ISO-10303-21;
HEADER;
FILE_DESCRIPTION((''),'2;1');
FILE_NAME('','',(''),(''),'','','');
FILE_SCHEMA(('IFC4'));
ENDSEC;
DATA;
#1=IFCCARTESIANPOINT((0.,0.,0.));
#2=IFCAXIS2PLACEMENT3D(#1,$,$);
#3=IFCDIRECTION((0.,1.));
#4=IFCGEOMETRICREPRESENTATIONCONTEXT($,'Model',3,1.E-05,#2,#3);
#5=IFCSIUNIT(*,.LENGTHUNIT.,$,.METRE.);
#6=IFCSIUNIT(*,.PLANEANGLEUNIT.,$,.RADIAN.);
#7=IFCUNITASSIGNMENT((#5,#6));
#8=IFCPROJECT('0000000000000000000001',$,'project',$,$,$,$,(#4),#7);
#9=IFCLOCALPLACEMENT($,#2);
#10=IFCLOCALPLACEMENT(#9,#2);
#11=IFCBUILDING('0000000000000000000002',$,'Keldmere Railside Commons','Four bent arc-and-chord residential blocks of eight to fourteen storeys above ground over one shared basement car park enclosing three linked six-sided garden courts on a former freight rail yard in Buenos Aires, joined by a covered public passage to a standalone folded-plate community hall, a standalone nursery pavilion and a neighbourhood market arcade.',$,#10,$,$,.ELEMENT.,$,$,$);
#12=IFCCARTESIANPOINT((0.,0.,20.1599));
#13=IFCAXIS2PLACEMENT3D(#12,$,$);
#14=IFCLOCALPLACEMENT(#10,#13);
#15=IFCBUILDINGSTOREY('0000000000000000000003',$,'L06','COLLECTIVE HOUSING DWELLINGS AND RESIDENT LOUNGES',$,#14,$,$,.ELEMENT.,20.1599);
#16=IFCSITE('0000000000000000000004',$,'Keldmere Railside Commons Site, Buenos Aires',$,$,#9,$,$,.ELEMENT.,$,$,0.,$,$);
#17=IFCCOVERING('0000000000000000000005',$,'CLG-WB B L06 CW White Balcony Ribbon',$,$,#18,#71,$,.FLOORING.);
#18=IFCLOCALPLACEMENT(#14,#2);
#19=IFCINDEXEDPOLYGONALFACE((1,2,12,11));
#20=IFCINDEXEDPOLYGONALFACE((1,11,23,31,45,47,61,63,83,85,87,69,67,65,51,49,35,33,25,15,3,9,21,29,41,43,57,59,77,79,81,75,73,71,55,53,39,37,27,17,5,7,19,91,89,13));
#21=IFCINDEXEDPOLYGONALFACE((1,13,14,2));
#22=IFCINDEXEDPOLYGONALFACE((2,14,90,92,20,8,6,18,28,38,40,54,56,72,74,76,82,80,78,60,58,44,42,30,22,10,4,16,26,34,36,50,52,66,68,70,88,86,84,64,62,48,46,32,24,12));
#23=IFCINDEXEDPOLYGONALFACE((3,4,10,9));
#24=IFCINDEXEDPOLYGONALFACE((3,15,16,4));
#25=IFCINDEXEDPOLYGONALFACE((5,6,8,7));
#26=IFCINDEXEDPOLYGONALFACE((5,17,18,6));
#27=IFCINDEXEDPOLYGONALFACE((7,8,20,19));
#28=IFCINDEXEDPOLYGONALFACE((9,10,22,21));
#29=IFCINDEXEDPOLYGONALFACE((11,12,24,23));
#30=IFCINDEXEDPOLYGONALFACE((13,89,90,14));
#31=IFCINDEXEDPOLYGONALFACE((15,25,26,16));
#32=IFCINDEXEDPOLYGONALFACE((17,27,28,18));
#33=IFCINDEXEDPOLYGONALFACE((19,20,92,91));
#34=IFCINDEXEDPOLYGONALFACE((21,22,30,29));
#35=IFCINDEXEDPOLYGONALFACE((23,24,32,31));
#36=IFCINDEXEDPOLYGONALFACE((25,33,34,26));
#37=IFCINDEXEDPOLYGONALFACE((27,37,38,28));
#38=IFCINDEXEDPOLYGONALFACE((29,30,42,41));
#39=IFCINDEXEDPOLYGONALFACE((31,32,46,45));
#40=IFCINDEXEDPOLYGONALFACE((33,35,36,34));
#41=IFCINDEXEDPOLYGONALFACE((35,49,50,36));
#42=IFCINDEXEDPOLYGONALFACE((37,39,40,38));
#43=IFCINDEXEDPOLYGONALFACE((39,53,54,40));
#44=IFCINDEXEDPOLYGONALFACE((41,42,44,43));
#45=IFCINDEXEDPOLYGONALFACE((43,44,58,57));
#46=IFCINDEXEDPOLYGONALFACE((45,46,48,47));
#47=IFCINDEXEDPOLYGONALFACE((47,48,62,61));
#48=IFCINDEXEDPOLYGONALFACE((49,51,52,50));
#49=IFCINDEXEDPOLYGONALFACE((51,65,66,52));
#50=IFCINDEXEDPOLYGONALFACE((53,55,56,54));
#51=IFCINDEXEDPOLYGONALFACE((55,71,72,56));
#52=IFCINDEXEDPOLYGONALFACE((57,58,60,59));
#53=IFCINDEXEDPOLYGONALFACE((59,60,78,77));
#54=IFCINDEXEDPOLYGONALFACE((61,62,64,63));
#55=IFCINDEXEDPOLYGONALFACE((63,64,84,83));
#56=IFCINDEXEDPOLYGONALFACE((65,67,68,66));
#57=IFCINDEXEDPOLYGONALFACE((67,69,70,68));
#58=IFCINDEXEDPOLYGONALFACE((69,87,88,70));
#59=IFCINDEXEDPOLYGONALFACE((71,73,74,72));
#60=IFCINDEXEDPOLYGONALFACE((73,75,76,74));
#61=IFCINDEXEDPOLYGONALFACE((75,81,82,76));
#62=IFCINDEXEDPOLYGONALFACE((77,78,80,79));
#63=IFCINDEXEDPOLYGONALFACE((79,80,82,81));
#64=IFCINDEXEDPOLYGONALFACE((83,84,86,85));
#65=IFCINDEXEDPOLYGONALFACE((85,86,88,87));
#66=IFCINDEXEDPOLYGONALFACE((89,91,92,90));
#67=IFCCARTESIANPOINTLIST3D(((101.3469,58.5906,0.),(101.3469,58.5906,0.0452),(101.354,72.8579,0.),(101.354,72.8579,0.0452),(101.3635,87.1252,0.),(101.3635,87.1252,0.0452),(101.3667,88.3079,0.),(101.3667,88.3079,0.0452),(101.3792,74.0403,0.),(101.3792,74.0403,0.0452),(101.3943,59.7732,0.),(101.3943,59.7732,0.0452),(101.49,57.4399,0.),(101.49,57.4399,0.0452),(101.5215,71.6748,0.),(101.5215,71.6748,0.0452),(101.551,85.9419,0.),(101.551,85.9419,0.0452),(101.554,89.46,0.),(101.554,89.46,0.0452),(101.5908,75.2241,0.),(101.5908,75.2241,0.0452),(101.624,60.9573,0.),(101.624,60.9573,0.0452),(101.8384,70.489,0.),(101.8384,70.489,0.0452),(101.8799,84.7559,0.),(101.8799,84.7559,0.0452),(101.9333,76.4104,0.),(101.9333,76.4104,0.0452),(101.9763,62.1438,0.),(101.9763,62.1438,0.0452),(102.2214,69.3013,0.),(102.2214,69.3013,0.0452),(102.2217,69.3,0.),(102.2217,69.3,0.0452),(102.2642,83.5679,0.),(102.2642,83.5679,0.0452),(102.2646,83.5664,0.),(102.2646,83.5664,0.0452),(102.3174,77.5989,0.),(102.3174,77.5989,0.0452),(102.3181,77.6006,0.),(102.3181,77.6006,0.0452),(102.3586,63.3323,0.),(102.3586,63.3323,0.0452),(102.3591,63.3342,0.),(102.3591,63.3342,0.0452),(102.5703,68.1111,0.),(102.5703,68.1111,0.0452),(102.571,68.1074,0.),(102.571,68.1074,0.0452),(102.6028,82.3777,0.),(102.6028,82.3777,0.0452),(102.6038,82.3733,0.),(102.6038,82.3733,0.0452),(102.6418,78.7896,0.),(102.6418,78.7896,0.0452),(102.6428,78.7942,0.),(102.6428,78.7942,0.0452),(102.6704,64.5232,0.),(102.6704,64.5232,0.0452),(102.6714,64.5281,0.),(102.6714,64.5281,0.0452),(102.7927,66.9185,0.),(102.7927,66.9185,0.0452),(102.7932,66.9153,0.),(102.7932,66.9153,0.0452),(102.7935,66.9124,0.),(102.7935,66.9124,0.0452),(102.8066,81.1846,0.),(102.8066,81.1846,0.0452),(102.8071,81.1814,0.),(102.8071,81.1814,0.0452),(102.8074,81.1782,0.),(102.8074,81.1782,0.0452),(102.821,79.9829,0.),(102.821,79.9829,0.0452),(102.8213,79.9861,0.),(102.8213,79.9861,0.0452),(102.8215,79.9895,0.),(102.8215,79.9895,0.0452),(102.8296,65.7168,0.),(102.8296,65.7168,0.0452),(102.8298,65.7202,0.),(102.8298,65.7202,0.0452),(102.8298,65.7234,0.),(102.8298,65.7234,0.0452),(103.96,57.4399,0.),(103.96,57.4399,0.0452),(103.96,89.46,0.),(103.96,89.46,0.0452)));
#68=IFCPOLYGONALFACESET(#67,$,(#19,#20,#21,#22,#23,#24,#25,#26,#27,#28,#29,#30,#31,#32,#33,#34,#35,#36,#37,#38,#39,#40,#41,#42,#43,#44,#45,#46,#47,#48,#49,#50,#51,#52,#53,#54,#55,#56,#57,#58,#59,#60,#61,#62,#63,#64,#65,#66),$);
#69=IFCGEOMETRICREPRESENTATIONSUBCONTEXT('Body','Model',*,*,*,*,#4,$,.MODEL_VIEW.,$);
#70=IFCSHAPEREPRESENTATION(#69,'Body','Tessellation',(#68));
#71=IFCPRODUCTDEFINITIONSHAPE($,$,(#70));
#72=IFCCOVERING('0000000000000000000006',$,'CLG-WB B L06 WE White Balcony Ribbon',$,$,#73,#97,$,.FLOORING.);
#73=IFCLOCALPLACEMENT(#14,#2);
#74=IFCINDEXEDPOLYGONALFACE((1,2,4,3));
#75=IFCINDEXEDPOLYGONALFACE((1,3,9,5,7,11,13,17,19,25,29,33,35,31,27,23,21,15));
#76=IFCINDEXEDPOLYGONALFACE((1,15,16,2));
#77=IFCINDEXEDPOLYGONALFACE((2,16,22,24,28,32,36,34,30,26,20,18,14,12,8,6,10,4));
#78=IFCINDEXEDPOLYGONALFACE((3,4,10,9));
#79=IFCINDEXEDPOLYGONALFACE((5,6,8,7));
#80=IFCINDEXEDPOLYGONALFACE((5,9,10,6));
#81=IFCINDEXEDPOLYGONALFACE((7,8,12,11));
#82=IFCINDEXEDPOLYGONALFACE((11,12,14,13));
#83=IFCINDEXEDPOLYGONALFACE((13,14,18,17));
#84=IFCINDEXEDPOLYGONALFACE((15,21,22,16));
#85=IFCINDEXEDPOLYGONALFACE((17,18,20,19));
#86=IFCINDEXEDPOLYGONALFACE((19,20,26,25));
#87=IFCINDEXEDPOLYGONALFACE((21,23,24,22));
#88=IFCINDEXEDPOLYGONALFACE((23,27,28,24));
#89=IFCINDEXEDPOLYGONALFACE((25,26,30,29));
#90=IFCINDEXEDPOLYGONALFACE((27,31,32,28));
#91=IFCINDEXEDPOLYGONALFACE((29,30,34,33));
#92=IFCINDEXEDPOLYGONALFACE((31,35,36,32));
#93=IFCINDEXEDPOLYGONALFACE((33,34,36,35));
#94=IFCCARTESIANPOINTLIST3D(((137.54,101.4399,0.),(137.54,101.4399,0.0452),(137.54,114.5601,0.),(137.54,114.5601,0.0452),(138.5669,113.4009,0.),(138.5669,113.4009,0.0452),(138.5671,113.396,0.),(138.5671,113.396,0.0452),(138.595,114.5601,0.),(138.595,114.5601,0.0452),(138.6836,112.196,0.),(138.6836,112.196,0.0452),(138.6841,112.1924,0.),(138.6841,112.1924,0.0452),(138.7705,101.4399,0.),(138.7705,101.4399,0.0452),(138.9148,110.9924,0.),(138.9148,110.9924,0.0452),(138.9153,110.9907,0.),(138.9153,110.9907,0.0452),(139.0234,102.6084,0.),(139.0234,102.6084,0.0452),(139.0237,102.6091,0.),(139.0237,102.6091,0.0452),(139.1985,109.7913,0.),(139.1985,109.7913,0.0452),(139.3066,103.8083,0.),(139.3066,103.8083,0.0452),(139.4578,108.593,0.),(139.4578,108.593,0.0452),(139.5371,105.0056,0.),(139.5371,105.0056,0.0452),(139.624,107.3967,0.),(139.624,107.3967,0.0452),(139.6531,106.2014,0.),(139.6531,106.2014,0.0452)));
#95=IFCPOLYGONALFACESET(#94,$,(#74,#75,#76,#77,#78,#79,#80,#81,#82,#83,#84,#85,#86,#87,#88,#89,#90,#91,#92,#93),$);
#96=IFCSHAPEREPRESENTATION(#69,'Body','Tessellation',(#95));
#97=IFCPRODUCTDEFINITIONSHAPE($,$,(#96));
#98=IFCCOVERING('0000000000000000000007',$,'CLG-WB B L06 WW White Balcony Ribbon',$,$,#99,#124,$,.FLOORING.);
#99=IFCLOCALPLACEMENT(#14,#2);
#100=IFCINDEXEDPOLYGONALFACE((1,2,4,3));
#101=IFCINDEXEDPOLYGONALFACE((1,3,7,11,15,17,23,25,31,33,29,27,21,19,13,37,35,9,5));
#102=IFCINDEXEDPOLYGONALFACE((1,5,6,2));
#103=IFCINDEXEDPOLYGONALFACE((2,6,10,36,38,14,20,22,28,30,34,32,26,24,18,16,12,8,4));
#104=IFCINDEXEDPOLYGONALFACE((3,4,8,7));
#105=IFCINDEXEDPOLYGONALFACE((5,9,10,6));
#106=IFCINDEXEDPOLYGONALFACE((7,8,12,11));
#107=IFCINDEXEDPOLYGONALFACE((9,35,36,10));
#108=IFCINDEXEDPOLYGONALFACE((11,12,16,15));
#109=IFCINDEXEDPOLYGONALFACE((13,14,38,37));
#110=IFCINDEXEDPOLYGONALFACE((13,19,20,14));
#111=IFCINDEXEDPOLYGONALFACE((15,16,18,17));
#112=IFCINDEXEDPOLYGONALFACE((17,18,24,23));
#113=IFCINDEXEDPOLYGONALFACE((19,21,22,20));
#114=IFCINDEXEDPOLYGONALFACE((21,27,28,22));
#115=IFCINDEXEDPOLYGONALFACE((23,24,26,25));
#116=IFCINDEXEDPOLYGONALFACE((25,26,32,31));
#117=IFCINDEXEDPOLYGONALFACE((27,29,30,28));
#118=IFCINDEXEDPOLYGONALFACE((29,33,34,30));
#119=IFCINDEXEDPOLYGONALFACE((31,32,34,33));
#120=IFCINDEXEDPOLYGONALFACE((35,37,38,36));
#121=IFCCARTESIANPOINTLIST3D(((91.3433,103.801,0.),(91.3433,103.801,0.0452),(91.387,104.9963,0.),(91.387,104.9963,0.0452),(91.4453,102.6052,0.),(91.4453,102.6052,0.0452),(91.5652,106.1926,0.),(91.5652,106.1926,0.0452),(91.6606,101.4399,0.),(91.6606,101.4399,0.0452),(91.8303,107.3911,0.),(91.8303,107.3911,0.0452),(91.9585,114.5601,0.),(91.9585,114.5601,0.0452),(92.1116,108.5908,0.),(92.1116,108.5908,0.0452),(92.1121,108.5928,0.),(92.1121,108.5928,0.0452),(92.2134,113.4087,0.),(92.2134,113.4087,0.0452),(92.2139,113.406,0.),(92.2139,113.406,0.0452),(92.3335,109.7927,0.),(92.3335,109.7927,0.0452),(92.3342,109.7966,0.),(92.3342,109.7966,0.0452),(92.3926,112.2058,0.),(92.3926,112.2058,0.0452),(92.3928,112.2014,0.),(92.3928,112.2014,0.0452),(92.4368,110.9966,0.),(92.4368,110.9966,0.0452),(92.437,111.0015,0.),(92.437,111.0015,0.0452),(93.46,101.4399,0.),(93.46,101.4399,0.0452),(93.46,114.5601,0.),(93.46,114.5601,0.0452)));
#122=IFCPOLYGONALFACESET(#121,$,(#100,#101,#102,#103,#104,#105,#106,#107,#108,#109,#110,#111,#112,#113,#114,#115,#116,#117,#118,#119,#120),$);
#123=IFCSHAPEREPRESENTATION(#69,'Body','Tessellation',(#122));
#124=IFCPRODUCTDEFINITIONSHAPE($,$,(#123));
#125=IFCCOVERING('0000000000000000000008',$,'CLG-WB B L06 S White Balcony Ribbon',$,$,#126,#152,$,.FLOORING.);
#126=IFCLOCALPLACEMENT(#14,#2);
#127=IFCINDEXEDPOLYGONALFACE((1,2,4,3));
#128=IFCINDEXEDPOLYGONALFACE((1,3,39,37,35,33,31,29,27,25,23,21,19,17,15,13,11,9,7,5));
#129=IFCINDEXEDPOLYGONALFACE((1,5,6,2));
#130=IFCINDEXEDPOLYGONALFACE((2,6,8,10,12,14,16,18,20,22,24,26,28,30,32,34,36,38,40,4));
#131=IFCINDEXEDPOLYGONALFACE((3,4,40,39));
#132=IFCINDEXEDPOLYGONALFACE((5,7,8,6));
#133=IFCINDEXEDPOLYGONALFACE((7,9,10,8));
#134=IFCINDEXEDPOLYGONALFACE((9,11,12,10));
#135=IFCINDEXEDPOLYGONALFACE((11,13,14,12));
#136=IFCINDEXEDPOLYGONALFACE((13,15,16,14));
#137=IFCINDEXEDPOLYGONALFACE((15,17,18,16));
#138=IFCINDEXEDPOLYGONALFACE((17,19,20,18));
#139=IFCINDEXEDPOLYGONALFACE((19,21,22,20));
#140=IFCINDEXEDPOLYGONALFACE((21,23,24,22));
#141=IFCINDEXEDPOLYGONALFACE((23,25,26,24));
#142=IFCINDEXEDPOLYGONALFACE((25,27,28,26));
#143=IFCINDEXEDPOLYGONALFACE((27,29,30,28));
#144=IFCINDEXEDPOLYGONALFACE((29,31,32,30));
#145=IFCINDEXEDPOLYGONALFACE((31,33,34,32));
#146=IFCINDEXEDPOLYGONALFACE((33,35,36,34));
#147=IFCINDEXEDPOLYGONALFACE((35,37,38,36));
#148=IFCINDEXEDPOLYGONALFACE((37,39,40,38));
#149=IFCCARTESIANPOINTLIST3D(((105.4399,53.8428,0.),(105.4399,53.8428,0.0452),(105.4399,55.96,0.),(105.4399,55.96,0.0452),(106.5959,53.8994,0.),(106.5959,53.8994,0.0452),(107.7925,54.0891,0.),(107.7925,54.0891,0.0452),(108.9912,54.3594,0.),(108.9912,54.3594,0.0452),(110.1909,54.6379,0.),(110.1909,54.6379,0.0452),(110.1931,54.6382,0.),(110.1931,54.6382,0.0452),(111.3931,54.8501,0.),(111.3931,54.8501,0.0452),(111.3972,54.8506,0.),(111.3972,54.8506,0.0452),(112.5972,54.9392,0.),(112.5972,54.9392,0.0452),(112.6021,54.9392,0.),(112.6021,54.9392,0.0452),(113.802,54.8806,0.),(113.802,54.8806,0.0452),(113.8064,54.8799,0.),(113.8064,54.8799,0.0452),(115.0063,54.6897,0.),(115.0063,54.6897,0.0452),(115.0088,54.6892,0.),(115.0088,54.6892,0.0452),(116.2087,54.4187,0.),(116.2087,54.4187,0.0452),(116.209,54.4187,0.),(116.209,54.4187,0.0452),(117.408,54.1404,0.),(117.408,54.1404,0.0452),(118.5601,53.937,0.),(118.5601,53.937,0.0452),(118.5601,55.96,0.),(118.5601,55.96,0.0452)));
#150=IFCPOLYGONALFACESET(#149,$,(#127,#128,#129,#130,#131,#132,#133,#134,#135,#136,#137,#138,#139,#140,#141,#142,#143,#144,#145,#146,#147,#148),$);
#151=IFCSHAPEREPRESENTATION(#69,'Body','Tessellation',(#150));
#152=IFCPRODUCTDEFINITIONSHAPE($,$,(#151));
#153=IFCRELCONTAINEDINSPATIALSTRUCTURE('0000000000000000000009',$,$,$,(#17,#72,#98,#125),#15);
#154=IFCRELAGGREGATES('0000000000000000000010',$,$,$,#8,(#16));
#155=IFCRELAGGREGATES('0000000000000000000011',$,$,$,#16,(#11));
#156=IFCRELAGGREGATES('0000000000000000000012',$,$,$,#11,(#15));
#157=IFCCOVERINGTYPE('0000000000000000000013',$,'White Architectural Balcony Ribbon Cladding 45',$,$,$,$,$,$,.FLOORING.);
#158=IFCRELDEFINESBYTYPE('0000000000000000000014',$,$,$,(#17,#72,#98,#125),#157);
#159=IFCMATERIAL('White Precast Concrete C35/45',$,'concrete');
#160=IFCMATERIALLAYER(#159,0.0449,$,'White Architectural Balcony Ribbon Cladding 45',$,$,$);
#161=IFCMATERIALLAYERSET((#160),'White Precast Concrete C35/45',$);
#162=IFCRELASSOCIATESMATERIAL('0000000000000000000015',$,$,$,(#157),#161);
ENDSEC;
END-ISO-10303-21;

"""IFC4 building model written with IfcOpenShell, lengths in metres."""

from ifc_helpers import new_model, si_unit, direction, frame, origin, place, context, subcontext, project, spatial, polyline, outline, extrude, material, layer, layer_set, type_object, element, save


model = new_model("IFC4")

# Units and contexts
model_context = context("Model", 3, precision=1e-05, world=origin(), true_north=direction((0.0, 1.0)))
body_context = subcontext(model_context, "Body", "Model", "MODEL_VIEW")
ifc_project = project(units=[si_unit("LENGTHUNIT", "METRE"), si_unit("PLANEANGLEUNIT", "RADIAN")], contexts=[model_context])

# Site, building, storey
site_placement = place(None, origin())
site = spatial("IfcSite", under=ifc_project, at=site_placement, Name="Keldmere Railside Commons Site, Buenos Aires", CompositionType="ELEMENT", RefElevation=0.0)
building_placement = place(site_placement, origin())
building = spatial("IfcBuilding", under=site, at=building_placement, Name="Keldmere Railside Commons", Description="Four bent arc-and-chord residential blocks of eight to fourteen storeys above ground over one shared basement car park enclosing three linked six-sided garden courts on a former freight rail yard in Buenos Aires, joined by a covered public passage to a standalone folded-plate community hall, a standalone nursery pavilion and a neighbourhood market arcade.", CompositionType="ELEMENT")
storey_placement = place(building_placement, frame((0.0, 0.0, 20.1599)))
storey = spatial("IfcBuildingStorey", under=building, at=storey_placement, Name="L06", Description="COLLECTIVE HOUSING DWELLINGS AND RESIDENT LOUNGES", CompositionType="ELEMENT", Elevation=20.1599)

# Coverings
ifc_material_1 = material(Name="White Precast Concrete C35/45", Category="concrete")
ifc_layer_1 = layer(ifc_material_1, 0.0449, Name="White Architectural Balcony Ribbon Cladding 45")
ifc_layer_set_1 = layer_set([ifc_layer_1], Name="White Precast Concrete C35/45")
covering_type_1 = type_object("IfcCoveringType", Name="White Architectural Balcony Ribbon Cladding 45", PredefinedType="FLOORING", material=ifc_layer_set_1)
covering_1_placement = place(storey_placement, origin())
element("IfcCovering", 1, at=covering_1_placement, inside=storey, type_object=covering_type_1, Name="CLG-WB B L06 CW White Balcony Ribbon", PredefinedType="FLOORING", context=body_context, shape_type="SweptSolid", body=[
    extrude(outline(polyline([(103.96, 89.46), (101.554, 89.46), (101.3667, 88.3079), (101.3635, 87.1252), (101.551, 85.9419), (101.8799, 84.7559), (102.2642, 83.5679), (102.2646, 83.5664), (102.6028, 82.3777), (102.6038, 82.3733), (102.8066, 81.1846), (102.8071, 81.1814), (102.8074, 81.1782), (102.8215, 79.9895), (102.8213, 79.9861), (102.821, 79.9829), (102.6428, 78.7942), (102.6418, 78.7896), (102.3181, 77.6006), (102.3174, 77.5989), (101.9333, 76.4104), (101.5908, 75.2241), (101.3792, 74.0403), (101.354, 72.8579), (101.5215, 71.6748), (101.8384, 70.489), (102.2214, 69.3013), (102.2217, 69.3), (102.5703, 68.1111), (102.571, 68.1074), (102.7927, 66.9185), (102.7932, 66.9153), (102.7935, 66.9124), (102.8298, 65.7234), (102.8298, 65.7202), (102.8296, 65.7168), (102.6714, 64.5281), (102.6704, 64.5232), (102.3591, 63.3342), (102.3586, 63.3323), (101.9763, 62.1438), (101.624, 60.9573), (101.3943, 59.7732), (101.3469, 58.5906), (101.49, 57.4399), (103.96, 57.4399), (103.96, 89.46)])), origin(), (0.0, 0.0, 1.0), 0.0452),
])
covering_2_placement = place(storey_placement, origin())
element("IfcCovering", 2, at=covering_2_placement, inside=storey, type_object=covering_type_1, Name="CLG-WB B L06 WE White Balcony Ribbon", PredefinedType="FLOORING", context=body_context, shape_type="SweptSolid", body=[
    extrude(outline(polyline([(139.0234, 102.6084), (139.0237, 102.6091), (139.3066, 103.8083), (139.5371, 105.0056), (139.6531, 106.2014), (139.624, 107.3967), (139.4578, 108.593), (139.1985, 109.7913), (138.9153, 110.9907), (138.9148, 110.9924), (138.6841, 112.1924), (138.6836, 112.196), (138.5671, 113.396), (138.5669, 113.4009), (138.595, 114.5601), (137.54, 114.5601), (137.54, 101.4399), (138.7705, 101.4399), (139.0234, 102.6084)])), origin(), (0.0, 0.0, 1.0), 0.0452),
])
covering_3_placement = place(storey_placement, origin())
element("IfcCovering", 3, at=covering_3_placement, inside=storey, type_object=covering_type_1, Name="CLG-WB B L06 WW White Balcony Ribbon", PredefinedType="FLOORING", context=body_context, shape_type="SweptSolid", body=[
    extrude(outline(polyline([(93.46, 114.5601), (91.9585, 114.5601), (92.2134, 113.4087), (92.2139, 113.406), (92.3926, 112.2058), (92.3928, 112.2014), (92.437, 111.0015), (92.4368, 110.9966), (92.3342, 109.7966), (92.3335, 109.7927), (92.1121, 108.5928), (92.1116, 108.5908), (91.8303, 107.3911), (91.5652, 106.1926), (91.387, 104.9963), (91.3433, 103.801), (91.4453, 102.6052), (91.6606, 101.4399), (93.46, 101.4399), (93.46, 114.5601)])), origin(), (0.0, 0.0, 1.0), 0.0452),
])
covering_4_placement = place(storey_placement, origin())
element("IfcCovering", 4, at=covering_4_placement, inside=storey, type_object=covering_type_1, Name="CLG-WB B L06 S White Balcony Ribbon", PredefinedType="FLOORING", context=body_context, shape_type="SweptSolid", body=[
    extrude(outline(polyline([(106.5959, 53.8994), (107.7925, 54.0891), (108.9912, 54.3594), (110.1909, 54.6379), (110.1931, 54.6382), (111.3931, 54.8501), (111.3972, 54.8506), (112.5972, 54.9392), (112.6021, 54.9392), (113.802, 54.8806), (113.8064, 54.8799), (115.0063, 54.6897), (115.0088, 54.6892), (116.2087, 54.4187), (116.209, 54.4187), (117.408, 54.1404), (118.5601, 53.937), (118.5601, 55.96), (105.4399, 55.96), (105.4399, 53.8428), (106.5959, 53.8994)])), origin(), (0.0, 0.0, 1.0), 0.0452),
])

save(model, "model.ifc")
